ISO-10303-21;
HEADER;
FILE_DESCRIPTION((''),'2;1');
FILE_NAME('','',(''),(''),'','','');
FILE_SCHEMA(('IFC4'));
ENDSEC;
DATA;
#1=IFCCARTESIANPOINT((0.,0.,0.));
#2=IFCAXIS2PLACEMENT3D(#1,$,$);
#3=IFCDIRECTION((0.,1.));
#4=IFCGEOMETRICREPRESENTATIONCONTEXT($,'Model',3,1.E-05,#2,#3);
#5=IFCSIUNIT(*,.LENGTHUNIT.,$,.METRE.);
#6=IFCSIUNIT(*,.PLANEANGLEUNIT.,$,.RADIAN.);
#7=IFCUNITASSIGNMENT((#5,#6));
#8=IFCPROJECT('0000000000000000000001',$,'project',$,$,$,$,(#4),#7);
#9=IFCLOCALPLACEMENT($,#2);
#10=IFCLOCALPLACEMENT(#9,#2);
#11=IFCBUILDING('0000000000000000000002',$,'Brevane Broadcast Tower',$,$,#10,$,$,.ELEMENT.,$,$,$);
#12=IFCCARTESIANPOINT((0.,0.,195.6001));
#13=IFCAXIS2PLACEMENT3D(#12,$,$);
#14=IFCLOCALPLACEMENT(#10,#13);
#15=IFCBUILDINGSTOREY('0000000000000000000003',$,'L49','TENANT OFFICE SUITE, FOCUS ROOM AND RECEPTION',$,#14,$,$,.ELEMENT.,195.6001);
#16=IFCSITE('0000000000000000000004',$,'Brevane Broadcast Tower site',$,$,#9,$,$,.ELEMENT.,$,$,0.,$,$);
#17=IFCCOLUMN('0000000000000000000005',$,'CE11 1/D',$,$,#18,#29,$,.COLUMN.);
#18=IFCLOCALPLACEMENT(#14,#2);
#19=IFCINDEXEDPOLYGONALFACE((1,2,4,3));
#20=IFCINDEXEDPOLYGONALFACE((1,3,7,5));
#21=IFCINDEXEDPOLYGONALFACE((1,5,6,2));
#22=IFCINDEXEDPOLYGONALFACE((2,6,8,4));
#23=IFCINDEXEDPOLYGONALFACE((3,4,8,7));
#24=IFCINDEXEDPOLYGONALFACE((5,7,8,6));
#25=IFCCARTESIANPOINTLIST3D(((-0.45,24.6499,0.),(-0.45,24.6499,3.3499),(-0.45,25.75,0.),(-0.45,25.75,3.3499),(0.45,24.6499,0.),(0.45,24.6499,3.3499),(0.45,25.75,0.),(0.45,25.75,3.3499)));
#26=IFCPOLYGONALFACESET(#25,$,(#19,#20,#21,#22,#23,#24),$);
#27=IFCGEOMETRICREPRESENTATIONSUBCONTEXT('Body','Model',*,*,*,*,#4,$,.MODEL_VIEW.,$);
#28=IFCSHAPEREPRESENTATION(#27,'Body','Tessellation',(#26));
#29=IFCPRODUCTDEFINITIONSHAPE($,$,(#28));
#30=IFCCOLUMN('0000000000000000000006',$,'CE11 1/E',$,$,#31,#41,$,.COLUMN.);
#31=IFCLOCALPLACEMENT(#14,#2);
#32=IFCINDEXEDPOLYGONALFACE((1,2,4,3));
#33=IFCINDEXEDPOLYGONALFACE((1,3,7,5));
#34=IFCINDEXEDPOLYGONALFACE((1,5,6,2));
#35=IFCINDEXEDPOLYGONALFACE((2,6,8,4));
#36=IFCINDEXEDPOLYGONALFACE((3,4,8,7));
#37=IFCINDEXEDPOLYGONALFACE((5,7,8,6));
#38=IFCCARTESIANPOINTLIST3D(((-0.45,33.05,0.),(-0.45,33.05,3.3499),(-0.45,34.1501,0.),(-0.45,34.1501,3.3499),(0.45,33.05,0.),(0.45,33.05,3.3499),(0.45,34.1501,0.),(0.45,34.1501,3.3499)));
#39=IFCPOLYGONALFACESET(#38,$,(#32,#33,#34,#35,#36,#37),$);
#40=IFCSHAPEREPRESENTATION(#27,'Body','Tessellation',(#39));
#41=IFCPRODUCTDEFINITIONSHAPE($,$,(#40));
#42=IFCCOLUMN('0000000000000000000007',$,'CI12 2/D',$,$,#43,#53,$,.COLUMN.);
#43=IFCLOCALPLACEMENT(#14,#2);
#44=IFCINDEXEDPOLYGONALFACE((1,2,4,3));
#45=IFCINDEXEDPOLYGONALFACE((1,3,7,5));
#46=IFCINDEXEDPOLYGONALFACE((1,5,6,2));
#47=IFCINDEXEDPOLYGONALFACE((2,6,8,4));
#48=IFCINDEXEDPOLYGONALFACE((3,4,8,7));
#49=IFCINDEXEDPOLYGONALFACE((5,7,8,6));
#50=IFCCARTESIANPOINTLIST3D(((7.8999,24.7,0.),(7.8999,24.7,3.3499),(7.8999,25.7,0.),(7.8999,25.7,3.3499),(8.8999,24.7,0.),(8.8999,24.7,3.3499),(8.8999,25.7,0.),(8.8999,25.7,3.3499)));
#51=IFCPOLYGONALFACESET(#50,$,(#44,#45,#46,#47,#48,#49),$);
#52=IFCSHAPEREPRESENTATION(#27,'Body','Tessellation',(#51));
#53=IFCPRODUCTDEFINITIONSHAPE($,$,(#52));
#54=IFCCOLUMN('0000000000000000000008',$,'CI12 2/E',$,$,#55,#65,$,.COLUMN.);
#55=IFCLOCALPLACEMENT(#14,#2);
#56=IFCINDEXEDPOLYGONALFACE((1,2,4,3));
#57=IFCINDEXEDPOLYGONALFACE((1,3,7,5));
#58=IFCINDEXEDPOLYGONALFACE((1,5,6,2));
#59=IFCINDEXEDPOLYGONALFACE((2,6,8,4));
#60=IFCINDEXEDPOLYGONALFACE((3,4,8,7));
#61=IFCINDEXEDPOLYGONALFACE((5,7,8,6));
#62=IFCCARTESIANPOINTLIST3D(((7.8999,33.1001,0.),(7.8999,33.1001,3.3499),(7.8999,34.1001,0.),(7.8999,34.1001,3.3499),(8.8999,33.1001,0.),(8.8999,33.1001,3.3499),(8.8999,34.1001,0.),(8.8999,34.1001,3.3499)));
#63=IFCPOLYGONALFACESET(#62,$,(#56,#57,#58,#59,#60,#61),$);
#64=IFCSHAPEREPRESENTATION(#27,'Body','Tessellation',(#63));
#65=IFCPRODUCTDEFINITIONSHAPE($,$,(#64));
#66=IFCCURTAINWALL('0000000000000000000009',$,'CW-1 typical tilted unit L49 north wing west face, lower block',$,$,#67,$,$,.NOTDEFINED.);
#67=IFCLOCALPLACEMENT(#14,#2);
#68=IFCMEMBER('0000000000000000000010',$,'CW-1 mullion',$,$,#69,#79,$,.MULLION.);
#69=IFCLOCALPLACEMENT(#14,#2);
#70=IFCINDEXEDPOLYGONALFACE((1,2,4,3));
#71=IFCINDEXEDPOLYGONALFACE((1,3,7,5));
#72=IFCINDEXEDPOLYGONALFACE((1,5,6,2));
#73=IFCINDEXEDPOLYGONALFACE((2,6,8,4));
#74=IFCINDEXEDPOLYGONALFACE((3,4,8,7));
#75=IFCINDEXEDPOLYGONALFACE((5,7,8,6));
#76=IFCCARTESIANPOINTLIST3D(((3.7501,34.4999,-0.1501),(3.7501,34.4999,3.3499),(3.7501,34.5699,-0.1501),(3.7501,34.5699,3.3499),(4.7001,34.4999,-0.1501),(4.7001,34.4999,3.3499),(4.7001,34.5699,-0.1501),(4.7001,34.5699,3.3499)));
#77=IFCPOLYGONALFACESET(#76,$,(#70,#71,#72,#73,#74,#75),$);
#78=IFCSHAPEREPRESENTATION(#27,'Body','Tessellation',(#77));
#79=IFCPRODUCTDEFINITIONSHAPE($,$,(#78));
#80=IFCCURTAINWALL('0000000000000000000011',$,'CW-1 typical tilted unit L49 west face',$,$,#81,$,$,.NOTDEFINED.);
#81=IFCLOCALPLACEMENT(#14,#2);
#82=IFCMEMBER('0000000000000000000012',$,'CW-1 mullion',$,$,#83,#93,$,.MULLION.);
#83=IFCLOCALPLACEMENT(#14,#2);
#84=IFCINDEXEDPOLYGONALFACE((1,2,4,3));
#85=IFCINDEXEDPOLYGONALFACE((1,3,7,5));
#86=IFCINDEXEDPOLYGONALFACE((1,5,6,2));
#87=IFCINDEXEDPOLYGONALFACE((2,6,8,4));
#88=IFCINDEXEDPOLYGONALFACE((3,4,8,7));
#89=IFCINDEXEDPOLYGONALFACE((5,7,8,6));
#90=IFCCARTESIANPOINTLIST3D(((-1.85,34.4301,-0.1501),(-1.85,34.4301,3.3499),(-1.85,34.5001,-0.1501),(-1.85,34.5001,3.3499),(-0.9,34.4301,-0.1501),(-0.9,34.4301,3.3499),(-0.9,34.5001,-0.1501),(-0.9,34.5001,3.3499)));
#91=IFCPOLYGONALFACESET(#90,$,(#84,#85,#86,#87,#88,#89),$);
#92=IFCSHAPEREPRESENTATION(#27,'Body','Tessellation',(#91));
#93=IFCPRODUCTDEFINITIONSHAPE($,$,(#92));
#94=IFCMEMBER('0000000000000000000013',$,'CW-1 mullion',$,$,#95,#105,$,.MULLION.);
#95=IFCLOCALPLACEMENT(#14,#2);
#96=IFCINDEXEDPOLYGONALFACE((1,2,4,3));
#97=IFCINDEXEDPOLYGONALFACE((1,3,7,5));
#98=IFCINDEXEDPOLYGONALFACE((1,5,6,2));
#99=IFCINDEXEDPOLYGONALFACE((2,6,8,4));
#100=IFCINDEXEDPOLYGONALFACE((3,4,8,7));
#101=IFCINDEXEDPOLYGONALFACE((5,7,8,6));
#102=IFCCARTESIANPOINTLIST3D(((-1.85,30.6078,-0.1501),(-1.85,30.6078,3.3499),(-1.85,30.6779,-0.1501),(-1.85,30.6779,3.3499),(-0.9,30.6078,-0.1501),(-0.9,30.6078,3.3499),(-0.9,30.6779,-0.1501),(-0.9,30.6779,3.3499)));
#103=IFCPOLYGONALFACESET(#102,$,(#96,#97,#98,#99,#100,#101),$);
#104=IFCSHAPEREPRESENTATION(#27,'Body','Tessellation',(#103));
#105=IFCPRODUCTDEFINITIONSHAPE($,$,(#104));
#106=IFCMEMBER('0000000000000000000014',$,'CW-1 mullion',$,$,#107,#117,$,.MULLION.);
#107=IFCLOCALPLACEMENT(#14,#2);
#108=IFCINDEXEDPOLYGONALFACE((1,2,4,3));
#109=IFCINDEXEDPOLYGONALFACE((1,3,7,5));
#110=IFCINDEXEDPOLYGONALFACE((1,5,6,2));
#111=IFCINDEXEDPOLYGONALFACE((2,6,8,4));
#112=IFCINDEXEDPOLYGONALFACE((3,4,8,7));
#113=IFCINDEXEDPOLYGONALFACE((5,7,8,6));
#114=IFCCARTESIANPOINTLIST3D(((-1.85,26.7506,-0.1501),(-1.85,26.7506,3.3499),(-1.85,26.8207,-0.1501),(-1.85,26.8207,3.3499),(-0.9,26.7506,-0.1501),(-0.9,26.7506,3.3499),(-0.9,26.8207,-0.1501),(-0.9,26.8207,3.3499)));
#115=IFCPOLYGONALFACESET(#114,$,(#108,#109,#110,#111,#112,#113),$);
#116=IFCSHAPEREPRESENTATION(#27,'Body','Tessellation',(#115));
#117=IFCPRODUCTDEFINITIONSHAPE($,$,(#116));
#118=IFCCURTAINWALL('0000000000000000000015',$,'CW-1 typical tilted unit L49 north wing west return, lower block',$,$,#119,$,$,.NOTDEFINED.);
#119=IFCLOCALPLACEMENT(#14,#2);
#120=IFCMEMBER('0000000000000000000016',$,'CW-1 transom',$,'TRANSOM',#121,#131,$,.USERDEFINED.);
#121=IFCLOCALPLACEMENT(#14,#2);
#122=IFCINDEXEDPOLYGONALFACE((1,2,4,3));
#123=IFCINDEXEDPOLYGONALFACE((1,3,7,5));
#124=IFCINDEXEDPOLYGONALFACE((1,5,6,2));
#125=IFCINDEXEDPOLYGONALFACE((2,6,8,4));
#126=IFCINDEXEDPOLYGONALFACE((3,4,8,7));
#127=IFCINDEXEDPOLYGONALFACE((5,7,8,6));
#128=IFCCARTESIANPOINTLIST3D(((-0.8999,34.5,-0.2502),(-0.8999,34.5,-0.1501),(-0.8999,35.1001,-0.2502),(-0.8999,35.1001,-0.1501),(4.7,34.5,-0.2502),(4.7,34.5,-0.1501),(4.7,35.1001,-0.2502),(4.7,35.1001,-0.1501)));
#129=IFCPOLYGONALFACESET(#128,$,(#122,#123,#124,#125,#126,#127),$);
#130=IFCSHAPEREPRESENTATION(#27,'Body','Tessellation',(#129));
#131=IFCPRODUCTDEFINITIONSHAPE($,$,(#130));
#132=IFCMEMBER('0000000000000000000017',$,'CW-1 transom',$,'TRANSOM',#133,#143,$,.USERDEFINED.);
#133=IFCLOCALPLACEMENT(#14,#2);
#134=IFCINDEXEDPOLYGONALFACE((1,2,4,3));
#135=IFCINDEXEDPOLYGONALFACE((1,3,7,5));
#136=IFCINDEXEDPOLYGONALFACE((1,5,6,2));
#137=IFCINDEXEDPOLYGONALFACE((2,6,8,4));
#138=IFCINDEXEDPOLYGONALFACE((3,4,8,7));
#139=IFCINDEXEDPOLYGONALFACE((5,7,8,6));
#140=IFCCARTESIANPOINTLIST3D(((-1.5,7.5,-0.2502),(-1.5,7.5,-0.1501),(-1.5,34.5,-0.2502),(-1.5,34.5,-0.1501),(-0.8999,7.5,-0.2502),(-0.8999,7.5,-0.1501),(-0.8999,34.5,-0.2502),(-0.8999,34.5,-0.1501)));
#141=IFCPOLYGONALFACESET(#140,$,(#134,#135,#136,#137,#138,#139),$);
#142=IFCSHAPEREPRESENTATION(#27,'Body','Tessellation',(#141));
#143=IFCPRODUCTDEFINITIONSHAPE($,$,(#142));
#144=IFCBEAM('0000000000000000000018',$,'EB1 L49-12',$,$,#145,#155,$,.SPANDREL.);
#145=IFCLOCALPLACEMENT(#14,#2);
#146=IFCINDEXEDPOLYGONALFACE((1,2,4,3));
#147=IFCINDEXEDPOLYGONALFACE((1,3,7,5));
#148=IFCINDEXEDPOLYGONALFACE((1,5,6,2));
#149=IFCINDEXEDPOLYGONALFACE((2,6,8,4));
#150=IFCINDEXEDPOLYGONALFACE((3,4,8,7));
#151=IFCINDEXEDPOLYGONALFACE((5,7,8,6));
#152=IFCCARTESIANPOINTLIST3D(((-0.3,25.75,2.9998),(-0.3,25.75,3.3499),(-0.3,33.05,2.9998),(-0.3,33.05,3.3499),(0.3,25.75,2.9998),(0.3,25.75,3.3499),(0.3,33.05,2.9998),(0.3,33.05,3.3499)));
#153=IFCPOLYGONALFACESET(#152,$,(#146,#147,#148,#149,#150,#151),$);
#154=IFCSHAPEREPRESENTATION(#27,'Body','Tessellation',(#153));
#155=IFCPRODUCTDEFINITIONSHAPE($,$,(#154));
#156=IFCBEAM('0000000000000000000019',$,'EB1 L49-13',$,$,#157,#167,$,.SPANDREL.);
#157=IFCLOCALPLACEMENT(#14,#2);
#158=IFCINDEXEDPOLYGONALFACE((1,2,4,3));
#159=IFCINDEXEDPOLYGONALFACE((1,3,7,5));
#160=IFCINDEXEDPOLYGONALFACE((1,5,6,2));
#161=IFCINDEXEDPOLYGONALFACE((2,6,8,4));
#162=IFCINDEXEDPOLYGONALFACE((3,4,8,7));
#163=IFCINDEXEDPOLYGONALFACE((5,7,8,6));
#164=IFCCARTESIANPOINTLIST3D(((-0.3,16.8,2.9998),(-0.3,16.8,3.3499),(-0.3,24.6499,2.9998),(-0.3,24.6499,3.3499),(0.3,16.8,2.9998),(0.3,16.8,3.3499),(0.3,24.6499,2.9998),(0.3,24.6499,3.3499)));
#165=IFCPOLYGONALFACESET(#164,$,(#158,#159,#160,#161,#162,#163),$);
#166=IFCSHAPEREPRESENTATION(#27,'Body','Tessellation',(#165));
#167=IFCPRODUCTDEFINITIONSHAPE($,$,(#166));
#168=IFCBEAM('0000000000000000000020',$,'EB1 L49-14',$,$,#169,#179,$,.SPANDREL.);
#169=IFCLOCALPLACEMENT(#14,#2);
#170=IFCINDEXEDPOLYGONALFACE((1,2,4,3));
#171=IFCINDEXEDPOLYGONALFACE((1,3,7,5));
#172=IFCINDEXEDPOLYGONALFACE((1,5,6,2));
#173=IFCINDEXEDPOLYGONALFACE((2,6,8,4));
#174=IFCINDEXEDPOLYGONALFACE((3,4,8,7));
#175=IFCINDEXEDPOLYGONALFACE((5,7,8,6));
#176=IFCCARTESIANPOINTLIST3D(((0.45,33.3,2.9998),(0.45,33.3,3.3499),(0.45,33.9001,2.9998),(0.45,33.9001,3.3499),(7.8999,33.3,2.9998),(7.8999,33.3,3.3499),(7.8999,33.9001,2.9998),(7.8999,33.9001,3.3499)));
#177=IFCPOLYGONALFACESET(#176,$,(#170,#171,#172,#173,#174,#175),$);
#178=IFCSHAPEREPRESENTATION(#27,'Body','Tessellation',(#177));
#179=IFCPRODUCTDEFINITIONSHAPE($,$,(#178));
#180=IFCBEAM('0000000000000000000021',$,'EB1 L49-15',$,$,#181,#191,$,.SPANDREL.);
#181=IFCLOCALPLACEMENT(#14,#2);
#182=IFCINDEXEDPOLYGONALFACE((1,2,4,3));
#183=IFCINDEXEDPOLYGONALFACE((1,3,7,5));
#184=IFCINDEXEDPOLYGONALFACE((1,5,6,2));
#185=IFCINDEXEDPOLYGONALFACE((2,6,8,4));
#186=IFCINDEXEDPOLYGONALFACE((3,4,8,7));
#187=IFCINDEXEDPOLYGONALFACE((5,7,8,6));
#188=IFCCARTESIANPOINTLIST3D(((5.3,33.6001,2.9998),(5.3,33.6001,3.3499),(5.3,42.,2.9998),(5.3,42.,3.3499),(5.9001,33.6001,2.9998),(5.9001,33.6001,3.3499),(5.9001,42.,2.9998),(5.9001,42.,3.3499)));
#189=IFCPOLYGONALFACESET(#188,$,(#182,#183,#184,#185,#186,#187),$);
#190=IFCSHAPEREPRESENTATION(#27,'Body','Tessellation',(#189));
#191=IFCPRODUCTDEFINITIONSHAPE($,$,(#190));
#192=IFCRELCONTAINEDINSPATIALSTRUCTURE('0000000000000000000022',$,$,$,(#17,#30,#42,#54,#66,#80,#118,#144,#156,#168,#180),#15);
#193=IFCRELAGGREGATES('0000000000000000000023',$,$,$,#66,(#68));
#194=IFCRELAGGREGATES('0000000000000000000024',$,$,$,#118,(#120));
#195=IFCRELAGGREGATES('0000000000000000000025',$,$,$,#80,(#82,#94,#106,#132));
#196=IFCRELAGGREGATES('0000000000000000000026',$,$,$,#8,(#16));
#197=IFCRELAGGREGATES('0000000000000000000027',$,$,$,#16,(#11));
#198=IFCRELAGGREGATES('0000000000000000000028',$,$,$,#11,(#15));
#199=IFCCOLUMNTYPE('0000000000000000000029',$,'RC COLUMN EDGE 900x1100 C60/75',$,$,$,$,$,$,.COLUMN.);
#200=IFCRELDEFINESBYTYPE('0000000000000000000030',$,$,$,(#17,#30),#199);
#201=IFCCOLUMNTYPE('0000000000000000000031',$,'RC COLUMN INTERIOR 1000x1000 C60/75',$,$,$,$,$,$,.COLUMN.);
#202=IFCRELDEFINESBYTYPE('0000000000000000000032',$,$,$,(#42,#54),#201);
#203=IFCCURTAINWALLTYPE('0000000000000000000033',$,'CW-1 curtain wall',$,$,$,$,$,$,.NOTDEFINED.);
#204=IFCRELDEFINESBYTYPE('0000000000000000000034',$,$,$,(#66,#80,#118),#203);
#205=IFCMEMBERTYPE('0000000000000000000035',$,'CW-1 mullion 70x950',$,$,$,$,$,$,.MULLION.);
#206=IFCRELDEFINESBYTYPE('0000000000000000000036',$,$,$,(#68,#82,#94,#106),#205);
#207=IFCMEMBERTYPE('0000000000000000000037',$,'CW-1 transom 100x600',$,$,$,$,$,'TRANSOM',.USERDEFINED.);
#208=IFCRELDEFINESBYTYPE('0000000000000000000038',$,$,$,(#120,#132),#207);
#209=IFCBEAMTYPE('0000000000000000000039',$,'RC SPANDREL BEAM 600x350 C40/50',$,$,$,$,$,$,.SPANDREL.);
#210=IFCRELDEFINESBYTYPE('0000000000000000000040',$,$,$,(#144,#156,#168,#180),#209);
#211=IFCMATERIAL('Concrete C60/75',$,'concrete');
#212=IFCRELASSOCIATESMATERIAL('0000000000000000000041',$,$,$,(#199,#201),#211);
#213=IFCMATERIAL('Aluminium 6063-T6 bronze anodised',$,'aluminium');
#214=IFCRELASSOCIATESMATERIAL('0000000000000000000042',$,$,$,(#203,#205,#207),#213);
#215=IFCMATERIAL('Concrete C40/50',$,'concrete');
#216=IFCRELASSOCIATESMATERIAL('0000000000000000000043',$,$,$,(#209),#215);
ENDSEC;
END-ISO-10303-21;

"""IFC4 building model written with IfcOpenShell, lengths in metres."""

from ifc_helpers import new_model, si_unit, direction, frame, origin, origin_2d, place, context, subcontext, project, spatial, rectangle, extrude, material, material_profile, profile_set, type_object, element, aggregate, save


model = new_model("IFC4")

# Units and contexts
model_context = context("Model", 3, precision=1e-05, world=origin(), true_north=direction((0.0, 1.0)))
body_context = subcontext(model_context, "Body", "Model", "MODEL_VIEW")
ifc_project = project(units=[si_unit("LENGTHUNIT", "METRE"), si_unit("PLANEANGLEUNIT", "RADIAN")], contexts=[model_context])

# Site, building, storey
site_placement = place(None, origin())
site = spatial("IfcSite", under=ifc_project, at=site_placement, Name="Brevane Broadcast Tower site", CompositionType="ELEMENT", RefElevation=0.0)
building_placement = place(site_placement, origin())
building = spatial("IfcBuilding", under=site, at=building_placement, Name="Brevane Broadcast Tower", CompositionType="ELEMENT")
storey_placement = place(building_placement, frame((0.0, 0.0, 195.6001)))
storey = spatial("IfcBuildingStorey", under=building, at=storey_placement, Name="L49", Description="TENANT OFFICE SUITE, FOCUS ROOM AND RECEPTION", CompositionType="ELEMENT", Elevation=195.6001)

# Columns
ifc_material_1 = material(Name="Concrete C60/75", Category="concrete")
ifc_material_profile_1 = material_profile(ifc_material_1, rectangle(XDim=0.8999, YDim=1.1001, at=origin_2d()), Name="RC 900x1100")
ifc_profile_set_1 = profile_set([ifc_material_profile_1], Name="Concrete C60/75")
column_type_1 = type_object("IfcColumnType", Name="RC COLUMN EDGE 900x1100 C60/75", PredefinedType="COLUMN", material=ifc_profile_set_1)
for number, where, z_axis, x_axis, name in (
    (1, (0.0, 25.2, 0.0), (0.0, 0.0, 1.0), (1.0, 0.0, 0.0), "CE11 1/D"),
    (2, (0.0, 33.6001, 0.0), (0.0, 0.0, 1.0), (1.0, 0.0, 0.0), "CE11 1/E"),
):
    element("IfcColumn", number, at=place(storey_placement, frame(where, z_axis=z_axis, x_axis=x_axis)), inside=storey, type_object=column_type_1, Name=name, PredefinedType="COLUMN", context=body_context, shape_type="SweptSolid", body=[
        extrude(rectangle(XDim=0.8999, YDim=1.1001, at=origin_2d()), origin(), (0.0, 0.0, 1.0), 3.3499),
    ])
ifc_material_profile_2 = material_profile(ifc_material_1, rectangle(XDim=1.0, YDim=1.0, at=origin_2d()), Name="RC 1000x1000")
ifc_profile_set_2 = profile_set([ifc_material_profile_2], Name="Concrete C60/75")
column_type_2 = type_object("IfcColumnType", Name="RC COLUMN INTERIOR 1000x1000 C60/75", PredefinedType="COLUMN", material=ifc_profile_set_2)
for number, where, z_axis, x_axis, name in (
    (3, (8.3999, 25.2, 0.0), (0.0, 0.0, 1.0), (1.0, 0.0, 0.0), "CI12 2/D"),
    (4, (8.3999, 33.6001, 0.0), (0.0, 0.0, 1.0), (1.0, 0.0, 0.0), "CI12 2/E"),
):
    element("IfcColumn", number, at=place(storey_placement, frame(where, z_axis=z_axis, x_axis=x_axis)), inside=storey, type_object=column_type_2, Name=name, PredefinedType="COLUMN", context=body_context, shape_type="SweptSolid", body=[
        extrude(rectangle(XDim=1.0, YDim=1.0, at=origin_2d()), origin(), (0.0, 0.0, 1.0), 3.3499),
    ])

# Curtain wall, member
ifc_material_2 = material(Name="Aluminium 6063-T6 bronze anodised", Category="aluminium")
curtain_wall_type = type_object("IfcCurtainWallType", Name="CW-1 curtain wall", PredefinedType="NOTDEFINED", material=ifc_material_2)
curtain_wall_1_placement = place(storey_placement, origin())
curtain_wall_1 = element("IfcCurtainWall", 5, at=curtain_wall_1_placement, inside=storey, type_object=curtain_wall_type, Name="CW-1 typical tilted unit L49 north wing west face, lower block", PredefinedType="NOTDEFINED")
ifc_material_profile_3 = material_profile(ifc_material_2, rectangle(XDim=0.95, YDim=0.0701, at=origin_2d()), Name="RECT 70x950")
ifc_profile_set_3 = profile_set([ifc_material_profile_3], Name="Aluminium 6063-T6 bronze anodised")
member_type_1 = type_object("IfcMemberType", Name="CW-1 mullion 70x950", PredefinedType="MULLION", material=ifc_profile_set_3)
member_1_placement = place(storey_placement, frame((4.2251, 34.5349, -0.1501), z_axis=(0.0, 0.0, 1.0), x_axis=(1.0, 0.0, 0.0)))
member_1 = element("IfcMember", 6, at=member_1_placement, type_object=member_type_1, Name="CW-1 mullion", PredefinedType="MULLION", context=body_context, shape_type="SweptSolid", body=[
    extrude(rectangle(XDim=0.95, YDim=0.0701, at=origin_2d()), origin(), (0.0, 0.0, 1.0), 3.5),
])
aggregate(curtain_wall_1, [member_1])

# Curtain wall, members
curtain_wall_2_placement = place(storey_placement, origin())
curtain_wall_2 = element("IfcCurtainWall", 7, at=curtain_wall_2_placement, inside=storey, type_object=curtain_wall_type, Name="CW-1 typical tilted unit L49 west face", PredefinedType="NOTDEFINED")
member_2_placement = place(storey_placement, frame((-1.375, 34.4651, -0.1501), z_axis=(0.0, 0.0, 1.0), x_axis=(1.0, 0.0, 0.0)))
member_2 = element("IfcMember", 8, at=member_2_placement, type_object=member_type_1, Name="CW-1 mullion", PredefinedType="MULLION", context=body_context, shape_type="SweptSolid", body=[
    extrude(rectangle(XDim=0.95, YDim=0.0701, at=origin_2d()), origin(), (0.0, 0.0, 1.0), 3.5),
])
member_3_placement = place(storey_placement, frame((-1.375, 30.6428, -0.1501), z_axis=(0.0, 0.0, 1.0), x_axis=(1.0, 0.0, 0.0)))
member_3 = element("IfcMember", 9, at=member_3_placement, type_object=member_type_1, Name="CW-1 mullion", PredefinedType="MULLION", context=body_context, shape_type="SweptSolid", body=[
    extrude(rectangle(XDim=0.95, YDim=0.0701, at=origin_2d()), origin(), (0.0, 0.0, 1.0), 3.5),
])
member_4_placement = place(storey_placement, frame((-1.375, 26.7856, -0.1501), z_axis=(0.0, 0.0, 1.0), x_axis=(1.0, 0.0, 0.0)))
member_4 = element("IfcMember", 10, at=member_4_placement, type_object=member_type_1, Name="CW-1 mullion", PredefinedType="MULLION", context=body_context, shape_type="SweptSolid", body=[
    extrude(rectangle(XDim=0.95, YDim=0.0701, at=origin_2d()), origin(), (0.0, 0.0, 1.0), 3.5),
])

# Curtain wall, member
curtain_wall_3_placement = place(storey_placement, origin())
curtain_wall_3 = element("IfcCurtainWall", 11, at=curtain_wall_3_placement, inside=storey, type_object=curtain_wall_type, Name="CW-1 typical tilted unit L49 north wing west return, lower block", PredefinedType="NOTDEFINED")
ifc_material_profile_4 = material_profile(ifc_material_2, rectangle(XDim=0.6001, YDim=0.1001, at=origin_2d()), Name="RECT 100x600")
ifc_profile_set_4 = profile_set([ifc_material_profile_4], Name="Aluminium 6063-T6 bronze anodised")
member_type_2 = type_object("IfcMemberType", Name="CW-1 transom 100x600", ElementType="TRANSOM", PredefinedType="USERDEFINED", material=ifc_profile_set_4)
member_5_placement = place(storey_placement, frame((4.7, 34.8, -0.2002), z_axis=(-1.0, 0.0, 0.0), x_axis=(0.0, -1.0, 0.0)))
member_5 = element("IfcMember", 12, at=member_5_placement, type_object=member_type_2, Name="CW-1 transom", ObjectType="TRANSOM", PredefinedType="USERDEFINED", context=body_context, shape_type="SweptSolid", body=[
    extrude(rectangle(XDim=0.6001, YDim=0.1001, at=origin_2d()), origin(), (0.0, 0.0, 1.0), 5.5999),
])
aggregate(curtain_wall_3, [member_5])

# Member
member_6_placement = place(storey_placement, frame((-1.2, 34.5, -0.2002), z_axis=(0.0, -1.0, 0.0), x_axis=(1.0, 0.0, 0.0)))
member_6 = element("IfcMember", 13, at=member_6_placement, type_object=member_type_2, Name="CW-1 transom", ObjectType="TRANSOM", PredefinedType="USERDEFINED", context=body_context, shape_type="SweptSolid", body=[
    extrude(rectangle(XDim=0.6001, YDim=0.1001, at=origin_2d()), origin(), (0.0, 0.0, 1.0), 27.0),
])
aggregate(curtain_wall_2, [member_2, member_3, member_4, member_6])

# Beams
ifc_material_3 = material(Name="Concrete C40/50", Category="concrete")
ifc_material_profile_5 = material_profile(ifc_material_3, rectangle(XDim=0.6001, YDim=0.3501, at=origin_2d()), Name="RC 600x350")
ifc_profile_set_5 = profile_set([ifc_material_profile_5], Name="Concrete C40/50")
beam_type = type_object("IfcBeamType", Name="RC SPANDREL BEAM 600x350 C40/50", PredefinedType="SPANDREL", material=ifc_profile_set_5)
beam_1_placement = place(storey_placement, frame((0.0, 33.05, 3.1748), z_axis=(0.0, -1.0, 0.0), x_axis=(1.0, 0.0, 0.0)))
element("IfcBeam", 14, at=beam_1_placement, inside=storey, type_object=beam_type, Name="EB1 L49-12", PredefinedType="SPANDREL", context=body_context, shape_type="SweptSolid", body=[
    extrude(rectangle(XDim=0.6001, YDim=0.3501, at=origin_2d()), origin(), (0.0, 0.0, 1.0), 7.3),
])
beam_2_placement = place(storey_placement, frame((0.0, 24.6499, 3.1748), z_axis=(0.0, -1.0, 0.0), x_axis=(1.0, 0.0, 0.0)))
element("IfcBeam", 15, at=beam_2_placement, inside=storey, type_object=beam_type, Name="EB1 L49-13", PredefinedType="SPANDREL", context=body_context, shape_type="SweptSolid", body=[
    extrude(rectangle(XDim=0.6001, YDim=0.3501, at=origin_2d()), origin(), (0.0, 0.0, 1.0), 7.8499),
])
beam_3_placement = place(storey_placement, frame((0.45, 33.6001, 3.1748), z_axis=(1.0, 0.0, 0.0), x_axis=(0.0, 1.0, 0.0)))
element("IfcBeam", 16, at=beam_3_placement, inside=storey, type_object=beam_type, Name="EB1 L49-14", PredefinedType="SPANDREL", context=body_context, shape_type="SweptSolid", body=[
    extrude(rectangle(XDim=0.6001, YDim=0.3501, at=origin_2d()), origin(), (0.0, 0.0, 1.0), 7.45),
])
beam_4_placement = place(storey_placement, frame((5.6001, 33.6001, 3.1748), z_axis=(0.0, 1.0, 0.0), x_axis=(-1.0, 0.0, 0.0)))
element("IfcBeam", 17, at=beam_4_placement, inside=storey, type_object=beam_type, Name="EB1 L49-15", PredefinedType="SPANDREL", context=body_context, shape_type="SweptSolid", body=[
    extrude(rectangle(XDim=0.6001, YDim=0.3501, at=origin_2d()), origin(), (0.0, 0.0, 1.0), 8.3999),
])

save(model, "model.ifc")
